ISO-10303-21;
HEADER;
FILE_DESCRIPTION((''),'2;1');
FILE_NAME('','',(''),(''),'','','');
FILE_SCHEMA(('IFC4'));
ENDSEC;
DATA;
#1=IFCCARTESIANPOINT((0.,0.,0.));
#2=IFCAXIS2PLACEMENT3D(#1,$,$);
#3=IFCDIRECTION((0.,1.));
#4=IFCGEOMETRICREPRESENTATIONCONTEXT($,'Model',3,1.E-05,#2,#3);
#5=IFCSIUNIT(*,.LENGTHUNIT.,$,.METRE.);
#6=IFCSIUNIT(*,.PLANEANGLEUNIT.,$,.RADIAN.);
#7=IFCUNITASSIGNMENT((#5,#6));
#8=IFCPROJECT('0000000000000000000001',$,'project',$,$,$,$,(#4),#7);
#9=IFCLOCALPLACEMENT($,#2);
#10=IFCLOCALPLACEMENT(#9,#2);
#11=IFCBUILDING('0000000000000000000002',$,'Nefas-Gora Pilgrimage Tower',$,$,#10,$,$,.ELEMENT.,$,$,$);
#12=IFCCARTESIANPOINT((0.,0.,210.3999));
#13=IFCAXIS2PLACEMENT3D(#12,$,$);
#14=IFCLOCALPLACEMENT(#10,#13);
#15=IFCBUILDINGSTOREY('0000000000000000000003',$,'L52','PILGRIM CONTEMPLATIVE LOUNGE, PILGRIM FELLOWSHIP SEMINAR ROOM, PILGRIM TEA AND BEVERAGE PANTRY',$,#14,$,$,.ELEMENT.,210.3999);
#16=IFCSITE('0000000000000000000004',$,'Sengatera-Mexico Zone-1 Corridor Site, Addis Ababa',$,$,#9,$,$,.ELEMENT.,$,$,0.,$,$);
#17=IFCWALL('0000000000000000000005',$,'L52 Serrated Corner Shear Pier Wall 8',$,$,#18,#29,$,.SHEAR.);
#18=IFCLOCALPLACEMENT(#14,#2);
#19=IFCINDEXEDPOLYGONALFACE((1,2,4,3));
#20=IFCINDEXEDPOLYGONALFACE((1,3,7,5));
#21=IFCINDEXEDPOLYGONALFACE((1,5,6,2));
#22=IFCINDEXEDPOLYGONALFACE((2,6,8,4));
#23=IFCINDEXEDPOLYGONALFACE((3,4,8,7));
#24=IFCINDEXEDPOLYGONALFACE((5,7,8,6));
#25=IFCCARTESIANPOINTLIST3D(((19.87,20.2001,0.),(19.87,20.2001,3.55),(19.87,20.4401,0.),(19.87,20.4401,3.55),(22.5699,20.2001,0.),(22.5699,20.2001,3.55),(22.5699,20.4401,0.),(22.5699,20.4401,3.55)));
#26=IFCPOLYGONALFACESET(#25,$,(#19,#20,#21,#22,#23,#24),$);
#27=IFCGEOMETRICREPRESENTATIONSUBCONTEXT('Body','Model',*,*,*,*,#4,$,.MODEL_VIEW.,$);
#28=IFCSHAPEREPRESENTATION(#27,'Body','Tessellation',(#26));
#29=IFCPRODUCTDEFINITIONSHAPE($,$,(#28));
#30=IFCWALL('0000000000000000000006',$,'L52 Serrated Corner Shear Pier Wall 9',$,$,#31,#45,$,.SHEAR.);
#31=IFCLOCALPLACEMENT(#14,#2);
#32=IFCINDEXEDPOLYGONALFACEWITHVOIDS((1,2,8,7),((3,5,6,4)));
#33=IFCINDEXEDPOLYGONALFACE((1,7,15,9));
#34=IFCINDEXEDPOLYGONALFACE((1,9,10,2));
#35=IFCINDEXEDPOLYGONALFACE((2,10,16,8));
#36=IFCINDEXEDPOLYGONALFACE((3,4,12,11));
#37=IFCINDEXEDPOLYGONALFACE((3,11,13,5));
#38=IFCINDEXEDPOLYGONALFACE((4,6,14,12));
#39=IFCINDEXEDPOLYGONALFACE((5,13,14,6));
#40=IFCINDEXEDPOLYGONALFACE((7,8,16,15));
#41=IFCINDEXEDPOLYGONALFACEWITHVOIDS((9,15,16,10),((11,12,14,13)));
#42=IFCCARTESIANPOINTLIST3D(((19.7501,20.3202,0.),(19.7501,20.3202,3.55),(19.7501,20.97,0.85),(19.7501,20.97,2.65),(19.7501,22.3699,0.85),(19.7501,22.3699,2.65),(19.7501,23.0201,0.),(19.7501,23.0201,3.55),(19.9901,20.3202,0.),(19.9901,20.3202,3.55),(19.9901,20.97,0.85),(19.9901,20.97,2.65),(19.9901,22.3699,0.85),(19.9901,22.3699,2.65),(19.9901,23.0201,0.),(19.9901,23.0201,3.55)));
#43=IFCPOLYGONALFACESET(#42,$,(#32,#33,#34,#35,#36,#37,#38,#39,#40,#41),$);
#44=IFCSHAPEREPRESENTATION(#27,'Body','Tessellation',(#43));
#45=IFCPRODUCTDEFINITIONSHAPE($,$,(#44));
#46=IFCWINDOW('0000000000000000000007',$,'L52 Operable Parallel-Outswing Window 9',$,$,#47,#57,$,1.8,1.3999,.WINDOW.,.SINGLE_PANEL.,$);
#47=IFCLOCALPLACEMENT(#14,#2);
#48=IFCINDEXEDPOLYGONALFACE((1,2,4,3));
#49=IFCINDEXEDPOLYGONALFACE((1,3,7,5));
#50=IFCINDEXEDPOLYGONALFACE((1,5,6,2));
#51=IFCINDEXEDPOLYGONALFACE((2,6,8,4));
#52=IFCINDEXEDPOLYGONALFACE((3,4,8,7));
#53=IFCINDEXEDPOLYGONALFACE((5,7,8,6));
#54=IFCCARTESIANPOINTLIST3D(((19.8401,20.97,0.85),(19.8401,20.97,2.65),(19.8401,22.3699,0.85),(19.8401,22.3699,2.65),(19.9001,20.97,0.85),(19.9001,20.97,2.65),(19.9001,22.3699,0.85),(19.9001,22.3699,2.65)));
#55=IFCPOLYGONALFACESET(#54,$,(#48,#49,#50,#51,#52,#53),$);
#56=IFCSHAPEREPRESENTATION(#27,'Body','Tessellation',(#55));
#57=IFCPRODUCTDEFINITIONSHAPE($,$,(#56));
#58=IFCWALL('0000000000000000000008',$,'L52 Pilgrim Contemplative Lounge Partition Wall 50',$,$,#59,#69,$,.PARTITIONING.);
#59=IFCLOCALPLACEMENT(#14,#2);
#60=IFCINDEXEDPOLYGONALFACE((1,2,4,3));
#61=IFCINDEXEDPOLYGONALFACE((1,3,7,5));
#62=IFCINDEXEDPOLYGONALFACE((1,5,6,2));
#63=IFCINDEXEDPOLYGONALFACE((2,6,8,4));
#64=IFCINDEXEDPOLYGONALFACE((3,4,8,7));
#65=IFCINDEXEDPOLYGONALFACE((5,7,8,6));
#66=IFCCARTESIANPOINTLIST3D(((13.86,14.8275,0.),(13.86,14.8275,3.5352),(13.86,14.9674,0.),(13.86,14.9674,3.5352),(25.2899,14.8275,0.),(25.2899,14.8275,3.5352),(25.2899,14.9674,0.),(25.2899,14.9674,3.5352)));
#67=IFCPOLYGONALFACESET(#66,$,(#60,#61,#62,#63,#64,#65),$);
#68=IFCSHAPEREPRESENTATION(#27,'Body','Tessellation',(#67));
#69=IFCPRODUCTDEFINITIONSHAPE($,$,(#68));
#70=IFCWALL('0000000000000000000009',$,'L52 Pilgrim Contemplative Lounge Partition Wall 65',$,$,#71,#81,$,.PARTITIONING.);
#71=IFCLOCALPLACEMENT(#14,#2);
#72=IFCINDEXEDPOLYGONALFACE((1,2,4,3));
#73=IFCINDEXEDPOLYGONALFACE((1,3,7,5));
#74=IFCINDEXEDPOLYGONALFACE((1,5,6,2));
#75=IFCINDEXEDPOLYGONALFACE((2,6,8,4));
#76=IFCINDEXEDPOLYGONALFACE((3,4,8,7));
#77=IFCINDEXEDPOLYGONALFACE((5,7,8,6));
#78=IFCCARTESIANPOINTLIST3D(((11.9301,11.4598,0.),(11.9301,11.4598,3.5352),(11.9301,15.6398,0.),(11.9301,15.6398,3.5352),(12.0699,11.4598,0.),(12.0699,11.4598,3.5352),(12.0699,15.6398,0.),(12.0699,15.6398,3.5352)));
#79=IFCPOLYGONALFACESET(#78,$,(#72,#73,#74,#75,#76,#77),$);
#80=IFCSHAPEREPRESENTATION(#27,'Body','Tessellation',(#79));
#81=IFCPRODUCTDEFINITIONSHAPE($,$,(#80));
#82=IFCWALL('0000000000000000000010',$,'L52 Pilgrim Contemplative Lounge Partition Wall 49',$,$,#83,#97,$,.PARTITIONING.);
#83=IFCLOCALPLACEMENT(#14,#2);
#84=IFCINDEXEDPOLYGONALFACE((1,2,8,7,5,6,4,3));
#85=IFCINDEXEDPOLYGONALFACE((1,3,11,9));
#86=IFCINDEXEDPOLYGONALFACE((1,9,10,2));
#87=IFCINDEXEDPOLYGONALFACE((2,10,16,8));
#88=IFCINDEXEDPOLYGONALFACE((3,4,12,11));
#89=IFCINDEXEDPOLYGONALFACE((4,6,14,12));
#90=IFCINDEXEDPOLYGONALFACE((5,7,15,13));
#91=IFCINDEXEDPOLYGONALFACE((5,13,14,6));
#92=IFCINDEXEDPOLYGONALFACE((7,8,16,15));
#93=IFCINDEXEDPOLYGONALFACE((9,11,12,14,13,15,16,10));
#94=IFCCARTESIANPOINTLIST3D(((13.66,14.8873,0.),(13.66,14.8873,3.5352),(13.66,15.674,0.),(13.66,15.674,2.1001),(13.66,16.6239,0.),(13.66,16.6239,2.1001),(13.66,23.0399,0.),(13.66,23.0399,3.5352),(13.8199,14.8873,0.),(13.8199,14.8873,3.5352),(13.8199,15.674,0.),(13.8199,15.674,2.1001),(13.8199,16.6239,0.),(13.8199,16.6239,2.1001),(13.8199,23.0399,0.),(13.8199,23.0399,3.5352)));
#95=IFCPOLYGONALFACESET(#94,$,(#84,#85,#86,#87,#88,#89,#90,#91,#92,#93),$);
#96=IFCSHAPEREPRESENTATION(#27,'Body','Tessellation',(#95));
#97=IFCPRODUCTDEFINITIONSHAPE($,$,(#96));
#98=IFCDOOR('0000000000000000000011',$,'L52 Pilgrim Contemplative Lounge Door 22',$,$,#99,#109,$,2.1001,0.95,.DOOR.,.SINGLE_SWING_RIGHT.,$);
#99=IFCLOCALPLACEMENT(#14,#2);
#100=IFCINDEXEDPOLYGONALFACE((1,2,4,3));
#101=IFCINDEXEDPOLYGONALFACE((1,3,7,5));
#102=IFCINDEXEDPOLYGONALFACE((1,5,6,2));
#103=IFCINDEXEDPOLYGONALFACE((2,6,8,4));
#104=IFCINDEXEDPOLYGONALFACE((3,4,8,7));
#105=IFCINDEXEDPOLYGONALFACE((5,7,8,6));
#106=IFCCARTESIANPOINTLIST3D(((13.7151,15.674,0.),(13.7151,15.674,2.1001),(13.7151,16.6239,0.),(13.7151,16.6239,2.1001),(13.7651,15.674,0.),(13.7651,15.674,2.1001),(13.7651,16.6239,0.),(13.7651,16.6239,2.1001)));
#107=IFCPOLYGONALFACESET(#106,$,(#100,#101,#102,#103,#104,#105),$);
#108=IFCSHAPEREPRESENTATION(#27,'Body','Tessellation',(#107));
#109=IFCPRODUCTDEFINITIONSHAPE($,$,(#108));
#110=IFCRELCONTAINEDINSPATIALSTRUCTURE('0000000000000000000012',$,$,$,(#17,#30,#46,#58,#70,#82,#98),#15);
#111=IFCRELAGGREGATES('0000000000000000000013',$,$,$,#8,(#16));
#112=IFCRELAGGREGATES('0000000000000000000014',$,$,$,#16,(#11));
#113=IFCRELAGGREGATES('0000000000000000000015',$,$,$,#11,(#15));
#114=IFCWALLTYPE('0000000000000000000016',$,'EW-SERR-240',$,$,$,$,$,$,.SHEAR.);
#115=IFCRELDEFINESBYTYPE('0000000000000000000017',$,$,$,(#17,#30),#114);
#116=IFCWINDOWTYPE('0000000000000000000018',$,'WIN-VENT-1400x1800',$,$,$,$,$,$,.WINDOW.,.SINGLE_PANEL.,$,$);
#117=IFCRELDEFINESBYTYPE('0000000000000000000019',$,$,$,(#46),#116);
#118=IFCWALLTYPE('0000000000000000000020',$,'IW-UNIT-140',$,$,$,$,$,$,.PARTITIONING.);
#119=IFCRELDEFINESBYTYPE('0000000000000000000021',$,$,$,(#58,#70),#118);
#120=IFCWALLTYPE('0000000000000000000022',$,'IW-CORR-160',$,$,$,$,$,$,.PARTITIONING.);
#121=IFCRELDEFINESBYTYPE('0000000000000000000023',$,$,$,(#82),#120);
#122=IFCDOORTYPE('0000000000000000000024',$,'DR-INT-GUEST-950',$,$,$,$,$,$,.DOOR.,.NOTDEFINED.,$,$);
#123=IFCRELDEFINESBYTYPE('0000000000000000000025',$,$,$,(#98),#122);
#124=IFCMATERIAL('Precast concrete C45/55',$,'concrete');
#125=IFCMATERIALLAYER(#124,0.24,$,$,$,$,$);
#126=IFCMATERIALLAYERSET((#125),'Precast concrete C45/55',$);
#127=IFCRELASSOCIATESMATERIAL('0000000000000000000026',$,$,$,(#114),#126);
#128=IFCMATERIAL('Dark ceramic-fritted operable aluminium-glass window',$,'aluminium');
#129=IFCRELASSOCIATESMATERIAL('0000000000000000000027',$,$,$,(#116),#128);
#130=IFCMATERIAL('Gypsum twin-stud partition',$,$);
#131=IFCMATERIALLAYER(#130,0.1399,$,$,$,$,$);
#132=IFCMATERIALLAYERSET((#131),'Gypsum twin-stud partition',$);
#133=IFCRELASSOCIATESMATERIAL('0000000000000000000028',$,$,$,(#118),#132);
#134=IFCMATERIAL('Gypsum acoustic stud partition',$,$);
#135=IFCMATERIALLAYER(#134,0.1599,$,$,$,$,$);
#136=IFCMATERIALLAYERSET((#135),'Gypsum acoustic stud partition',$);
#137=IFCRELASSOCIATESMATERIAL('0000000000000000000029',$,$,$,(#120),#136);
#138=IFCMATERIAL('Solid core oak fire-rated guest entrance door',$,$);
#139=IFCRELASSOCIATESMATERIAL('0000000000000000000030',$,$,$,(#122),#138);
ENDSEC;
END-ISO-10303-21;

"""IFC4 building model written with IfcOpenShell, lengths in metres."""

from ifc_helpers import new_model, si_unit, direction, frame, frame_2d, origin, place, context, subcontext, project, spatial, rectangle, extrude, source, transform, mapped, material, layer, layer_set, type_object, element, fill, save


model = new_model("IFC4")

# Units and contexts
model_context = context("Model", 3, precision=1e-05, world=origin(), true_north=direction((0.0, 1.0)))
body_context = subcontext(model_context, "Body", "Model", "MODEL_VIEW")
ifc_project = project(units=[si_unit("LENGTHUNIT", "METRE"), si_unit("PLANEANGLEUNIT", "RADIAN")], contexts=[model_context])

# Site, building, storey
site_placement = place(None, origin())
site = spatial("IfcSite", under=ifc_project, at=site_placement, Name="Sengatera-Mexico Zone-1 Corridor Site, Addis Ababa", CompositionType="ELEMENT", RefElevation=0.0)
building_placement = place(site_placement, origin())
building = spatial("IfcBuilding", under=site, at=building_placement, Name="Nefas-Gora Pilgrimage Tower", CompositionType="ELEMENT")
storey_placement = place(building_placement, frame((0.0, 0.0, 210.3999)))
storey = spatial("IfcBuildingStorey", under=building, at=storey_placement, Name="L52", Description="PILGRIM CONTEMPLATIVE LOUNGE, PILGRIM FELLOWSHIP SEMINAR ROOM, PILGRIM TEA AND BEVERAGE PANTRY", CompositionType="ELEMENT", Elevation=210.3999)

# Wall
ifc_material_1 = material(Name="Precast concrete C45/55", Category="concrete")
ifc_layer_1 = layer(ifc_material_1, 0.24)
ifc_layer_set_1 = layer_set([ifc_layer_1], Name="Precast concrete C45/55")
wall_type_1 = type_object("IfcWallType", Name="EW-SERR-240", PredefinedType="SHEAR", material=ifc_layer_set_1)
shared_shape_1 = source(origin(), body_context, "Body", "SweptSolid", [
    extrude(rectangle(XDim=2.7, YDim=0.24, at=frame_2d((1.3501, 0.0))), origin(), (0.0, 0.0, 1.0), 3.55),
])
for number, where, z_axis, x_axis, name in (
    (1, (22.5701, 20.3201, 0.0), (0.0, 0.0, 1.0), (-1.0, 0.0, 0.0), "L52 Serrated Corner Shear Pier Wall 8"),
):
    element("IfcWall", number, at=place(storey_placement, frame(where, z_axis=z_axis, x_axis=x_axis)), inside=storey, type_object=wall_type_1, Name=name, PredefinedType="SHEAR", context=body_context, shape_type="MappedRepresentation", body=[
        mapped(shared_shape_1, transform((0.0, 0.0, 0.0), x_axis=(1.0, 0.0, 0.0), y_axis=(0.0, 1.0, 0.0), z_axis=(0.0, 0.0, 1.0), scale=1.0)),
    ])

# Wall, opening, window
wall_1_placement = place(storey_placement, frame((19.8701, 20.3201, 0.0), z_axis=(0.0, 0.0, 1.0), x_axis=(0.0, 1.0, 0.0)))
wall_1 = element("IfcWall", 2, at=wall_1_placement, inside=storey, type_object=wall_type_1, Name="L52 Serrated Corner Shear Pier Wall 9", PredefinedType="SHEAR", context=body_context, shape_type="MappedRepresentation", body=[
    mapped(shared_shape_1, transform((0.0, 0.0, 0.0), x_axis=(1.0, 0.0, 0.0), y_axis=(0.0, 1.0, 0.0), z_axis=(0.0, 0.0, 1.0), scale=1.0)),
])
opening_1_placement = place(wall_1_placement, frame((0.6499, 0.0, 0.8501)))
opening_1 = element("IfcOpeningElement", 3, at=opening_1_placement, cuts=wall_1, PredefinedType="OPENING", context=body_context, shape_type="SweptSolid", body=[
    extrude(rectangle(XDim=1.3999, YDim=1.8, at=frame_2d((0.7, 0.8999))), frame((0.0, 0.1299, 0.0), z_axis=(0.0, -1.0, 0.0), x_axis=(1.0, 0.0, 0.0)), (0.0, 0.0, 1.0), 0.26),
])
ifc_material_2 = material(Name="Dark ceramic-fritted operable aluminium-glass window", Category="aluminium")
window_type = type_object("IfcWindowType", Name="WIN-VENT-1400x1800", PartitioningType="SINGLE_PANEL", PredefinedType="WINDOW", material=ifc_material_2)
shared_shape_2 = source(origin(), body_context, "Body", "SweptSolid", [
    extrude(rectangle(XDim=1.3999, YDim=1.8, at=frame_2d((0.7, 0.8999))), frame((0.0, 0.03, 0.0), z_axis=(0.0, -1.0, 0.0), x_axis=(1.0, 0.0, 0.0)), (0.0, 0.0, 1.0), 0.0601),
])
window_placement = place(opening_1_placement, origin())
window = element("IfcWindow", 4, at=window_placement, inside=storey, type_object=window_type, Name="L52 Operable Parallel-Outswing Window 9", OverallHeight=1.8, OverallWidth=1.3999, PartitioningType="SINGLE_PANEL", PredefinedType="WINDOW", context=body_context, shape_type="MappedRepresentation", body=[
    mapped(shared_shape_2, transform((0.0, 0.0, 0.0), x_axis=(1.0, 0.0, 0.0), y_axis=(0.0, 1.0, 0.0), z_axis=(0.0, 0.0, 1.0), scale=1.0)),
])
fill(opening_1, window)

# Walls
ifc_material_3 = material(Name="Gypsum twin-stud partition")
ifc_layer_2 = layer(ifc_material_3, 0.1399)
ifc_layer_set_2 = layer_set([ifc_layer_2], Name="Gypsum twin-stud partition")
wall_type_2 = type_object("IfcWallType", Name="IW-UNIT-140", PredefinedType="PARTITIONING", material=ifc_layer_set_2)
shared_shape_3 = source(origin(), body_context, "Body", "SweptSolid", [
    extrude(rectangle(XDim=11.4299, YDim=0.1399, at=frame_2d((5.7148, 0.0))), origin(), (0.0, 0.0, 1.0), 3.5352),
])
wall_2_placement = place(storey_placement, frame((13.8601, 14.8975, 0.0), z_axis=(0.0, 0.0, 1.0), x_axis=(1.0, 0.0, 0.0)))
element("IfcWall", 5, at=wall_2_placement, inside=storey, type_object=wall_type_2, Name="L52 Pilgrim Contemplative Lounge Partition Wall 50", PredefinedType="PARTITIONING", context=body_context, shape_type="MappedRepresentation", body=[
    mapped(shared_shape_3, transform((0.0, 0.0, 0.0), x_axis=(1.0, 0.0, 0.0), y_axis=(0.0, 1.0, 0.0), z_axis=(0.0, 0.0, 1.0), scale=1.0)),
])
shared_shape_4 = source(origin(), body_context, "Body", "SweptSolid", [
    extrude(rectangle(XDim=4.1799, YDim=0.1399, at=frame_2d((2.0898, 0.0))), origin(), (0.0, 0.0, 1.0), 3.5352),
])
wall_3_placement = place(storey_placement, frame((12.0, 11.46, 0.0), z_axis=(0.0, 0.0, 1.0), x_axis=(0.0, 1.0, 0.0)))
element("IfcWall", 6, at=wall_3_placement, inside=storey, type_object=wall_type_2, Name="L52 Pilgrim Contemplative Lounge Partition Wall 65", PredefinedType="PARTITIONING", context=body_context, shape_type="MappedRepresentation", body=[
    mapped(shared_shape_4, transform((0.0, 0.0, 0.0), x_axis=(1.0, 0.0, 0.0), y_axis=(0.0, 1.0, 0.0), z_axis=(0.0, 0.0, 1.0), scale=1.0)),
])

# Wall, opening, door
ifc_material_4 = material(Name="Gypsum acoustic stud partition")
ifc_layer_3 = layer(ifc_material_4, 0.1599)
ifc_layer_set_3 = layer_set([ifc_layer_3], Name="Gypsum acoustic stud partition")
wall_type_3 = type_object("IfcWallType", Name="IW-CORR-160", PredefinedType="PARTITIONING", material=ifc_layer_set_3)
shared_shape_5 = source(origin(), body_context, "Body", "SweptSolid", [
    extrude(rectangle(XDim=8.1526, YDim=0.1599, at=frame_2d((4.0762, 0.0))), origin(), (0.0, 0.0, 1.0), 3.5352),
])
wall_4_placement = place(storey_placement, frame((13.74, 14.8875, 0.0), z_axis=(0.0, 0.0, 1.0), x_axis=(0.0, 1.0, 0.0)))
wall_4 = element("IfcWall", 7, at=wall_4_placement, inside=storey, type_object=wall_type_3, Name="L52 Pilgrim Contemplative Lounge Partition Wall 49", PredefinedType="PARTITIONING", context=body_context, shape_type="MappedRepresentation", body=[
    mapped(shared_shape_5, transform((0.0, 0.0, 0.0), x_axis=(1.0, 0.0, 0.0), y_axis=(0.0, 1.0, 0.0), z_axis=(0.0, 0.0, 1.0), scale=1.0)),
])
opening_2_placement = place(wall_4_placement, frame((0.7864, 0.0, 0.0)))
opening_2 = element("IfcOpeningElement", 8, at=opening_2_placement, cuts=wall_4, PredefinedType="OPENING", context=body_context, shape_type="SweptSolid", body=[
    extrude(rectangle(XDim=0.95, YDim=2.1001, at=frame_2d((0.4751, 1.05))), frame((0.0, 0.0898, 0.0), z_axis=(0.0, -1.0, 0.0), x_axis=(1.0, 0.0, 0.0)), (0.0, 0.0, 1.0), 0.1799),
])
ifc_material_5 = material(Name="Solid core oak fire-rated guest entrance door")
door_type = type_object("IfcDoorType", Name="DR-INT-GUEST-950", OperationType="NOTDEFINED", PredefinedType="DOOR", material=ifc_material_5)
shared_shape_6 = source(origin(), body_context, "Body", "SweptSolid", [
    extrude(rectangle(XDim=0.95, YDim=2.1001, at=frame_2d((0.4751, 1.05))), frame((0.0, 0.0249, 0.0), z_axis=(0.0, -1.0, 0.0), x_axis=(1.0, 0.0, 0.0)), (0.0, 0.0, 1.0), 0.05),
])
door_placement = place(opening_2_placement, origin())
door = element("IfcDoor", 9, at=door_placement, inside=storey, type_object=door_type, Name="L52 Pilgrim Contemplative Lounge Door 22", OperationType="SINGLE_SWING_RIGHT", OverallHeight=2.1001, OverallWidth=0.95, PredefinedType="DOOR", context=body_context, shape_type="MappedRepresentation", body=[
    mapped(shared_shape_6, transform((0.0, 0.0, 0.0), x_axis=(1.0, 0.0, 0.0), y_axis=(0.0, 1.0, 0.0), z_axis=(0.0, 0.0, 1.0), scale=1.0)),
])
fill(opening_2, door)

save(model, "model.ifc")
